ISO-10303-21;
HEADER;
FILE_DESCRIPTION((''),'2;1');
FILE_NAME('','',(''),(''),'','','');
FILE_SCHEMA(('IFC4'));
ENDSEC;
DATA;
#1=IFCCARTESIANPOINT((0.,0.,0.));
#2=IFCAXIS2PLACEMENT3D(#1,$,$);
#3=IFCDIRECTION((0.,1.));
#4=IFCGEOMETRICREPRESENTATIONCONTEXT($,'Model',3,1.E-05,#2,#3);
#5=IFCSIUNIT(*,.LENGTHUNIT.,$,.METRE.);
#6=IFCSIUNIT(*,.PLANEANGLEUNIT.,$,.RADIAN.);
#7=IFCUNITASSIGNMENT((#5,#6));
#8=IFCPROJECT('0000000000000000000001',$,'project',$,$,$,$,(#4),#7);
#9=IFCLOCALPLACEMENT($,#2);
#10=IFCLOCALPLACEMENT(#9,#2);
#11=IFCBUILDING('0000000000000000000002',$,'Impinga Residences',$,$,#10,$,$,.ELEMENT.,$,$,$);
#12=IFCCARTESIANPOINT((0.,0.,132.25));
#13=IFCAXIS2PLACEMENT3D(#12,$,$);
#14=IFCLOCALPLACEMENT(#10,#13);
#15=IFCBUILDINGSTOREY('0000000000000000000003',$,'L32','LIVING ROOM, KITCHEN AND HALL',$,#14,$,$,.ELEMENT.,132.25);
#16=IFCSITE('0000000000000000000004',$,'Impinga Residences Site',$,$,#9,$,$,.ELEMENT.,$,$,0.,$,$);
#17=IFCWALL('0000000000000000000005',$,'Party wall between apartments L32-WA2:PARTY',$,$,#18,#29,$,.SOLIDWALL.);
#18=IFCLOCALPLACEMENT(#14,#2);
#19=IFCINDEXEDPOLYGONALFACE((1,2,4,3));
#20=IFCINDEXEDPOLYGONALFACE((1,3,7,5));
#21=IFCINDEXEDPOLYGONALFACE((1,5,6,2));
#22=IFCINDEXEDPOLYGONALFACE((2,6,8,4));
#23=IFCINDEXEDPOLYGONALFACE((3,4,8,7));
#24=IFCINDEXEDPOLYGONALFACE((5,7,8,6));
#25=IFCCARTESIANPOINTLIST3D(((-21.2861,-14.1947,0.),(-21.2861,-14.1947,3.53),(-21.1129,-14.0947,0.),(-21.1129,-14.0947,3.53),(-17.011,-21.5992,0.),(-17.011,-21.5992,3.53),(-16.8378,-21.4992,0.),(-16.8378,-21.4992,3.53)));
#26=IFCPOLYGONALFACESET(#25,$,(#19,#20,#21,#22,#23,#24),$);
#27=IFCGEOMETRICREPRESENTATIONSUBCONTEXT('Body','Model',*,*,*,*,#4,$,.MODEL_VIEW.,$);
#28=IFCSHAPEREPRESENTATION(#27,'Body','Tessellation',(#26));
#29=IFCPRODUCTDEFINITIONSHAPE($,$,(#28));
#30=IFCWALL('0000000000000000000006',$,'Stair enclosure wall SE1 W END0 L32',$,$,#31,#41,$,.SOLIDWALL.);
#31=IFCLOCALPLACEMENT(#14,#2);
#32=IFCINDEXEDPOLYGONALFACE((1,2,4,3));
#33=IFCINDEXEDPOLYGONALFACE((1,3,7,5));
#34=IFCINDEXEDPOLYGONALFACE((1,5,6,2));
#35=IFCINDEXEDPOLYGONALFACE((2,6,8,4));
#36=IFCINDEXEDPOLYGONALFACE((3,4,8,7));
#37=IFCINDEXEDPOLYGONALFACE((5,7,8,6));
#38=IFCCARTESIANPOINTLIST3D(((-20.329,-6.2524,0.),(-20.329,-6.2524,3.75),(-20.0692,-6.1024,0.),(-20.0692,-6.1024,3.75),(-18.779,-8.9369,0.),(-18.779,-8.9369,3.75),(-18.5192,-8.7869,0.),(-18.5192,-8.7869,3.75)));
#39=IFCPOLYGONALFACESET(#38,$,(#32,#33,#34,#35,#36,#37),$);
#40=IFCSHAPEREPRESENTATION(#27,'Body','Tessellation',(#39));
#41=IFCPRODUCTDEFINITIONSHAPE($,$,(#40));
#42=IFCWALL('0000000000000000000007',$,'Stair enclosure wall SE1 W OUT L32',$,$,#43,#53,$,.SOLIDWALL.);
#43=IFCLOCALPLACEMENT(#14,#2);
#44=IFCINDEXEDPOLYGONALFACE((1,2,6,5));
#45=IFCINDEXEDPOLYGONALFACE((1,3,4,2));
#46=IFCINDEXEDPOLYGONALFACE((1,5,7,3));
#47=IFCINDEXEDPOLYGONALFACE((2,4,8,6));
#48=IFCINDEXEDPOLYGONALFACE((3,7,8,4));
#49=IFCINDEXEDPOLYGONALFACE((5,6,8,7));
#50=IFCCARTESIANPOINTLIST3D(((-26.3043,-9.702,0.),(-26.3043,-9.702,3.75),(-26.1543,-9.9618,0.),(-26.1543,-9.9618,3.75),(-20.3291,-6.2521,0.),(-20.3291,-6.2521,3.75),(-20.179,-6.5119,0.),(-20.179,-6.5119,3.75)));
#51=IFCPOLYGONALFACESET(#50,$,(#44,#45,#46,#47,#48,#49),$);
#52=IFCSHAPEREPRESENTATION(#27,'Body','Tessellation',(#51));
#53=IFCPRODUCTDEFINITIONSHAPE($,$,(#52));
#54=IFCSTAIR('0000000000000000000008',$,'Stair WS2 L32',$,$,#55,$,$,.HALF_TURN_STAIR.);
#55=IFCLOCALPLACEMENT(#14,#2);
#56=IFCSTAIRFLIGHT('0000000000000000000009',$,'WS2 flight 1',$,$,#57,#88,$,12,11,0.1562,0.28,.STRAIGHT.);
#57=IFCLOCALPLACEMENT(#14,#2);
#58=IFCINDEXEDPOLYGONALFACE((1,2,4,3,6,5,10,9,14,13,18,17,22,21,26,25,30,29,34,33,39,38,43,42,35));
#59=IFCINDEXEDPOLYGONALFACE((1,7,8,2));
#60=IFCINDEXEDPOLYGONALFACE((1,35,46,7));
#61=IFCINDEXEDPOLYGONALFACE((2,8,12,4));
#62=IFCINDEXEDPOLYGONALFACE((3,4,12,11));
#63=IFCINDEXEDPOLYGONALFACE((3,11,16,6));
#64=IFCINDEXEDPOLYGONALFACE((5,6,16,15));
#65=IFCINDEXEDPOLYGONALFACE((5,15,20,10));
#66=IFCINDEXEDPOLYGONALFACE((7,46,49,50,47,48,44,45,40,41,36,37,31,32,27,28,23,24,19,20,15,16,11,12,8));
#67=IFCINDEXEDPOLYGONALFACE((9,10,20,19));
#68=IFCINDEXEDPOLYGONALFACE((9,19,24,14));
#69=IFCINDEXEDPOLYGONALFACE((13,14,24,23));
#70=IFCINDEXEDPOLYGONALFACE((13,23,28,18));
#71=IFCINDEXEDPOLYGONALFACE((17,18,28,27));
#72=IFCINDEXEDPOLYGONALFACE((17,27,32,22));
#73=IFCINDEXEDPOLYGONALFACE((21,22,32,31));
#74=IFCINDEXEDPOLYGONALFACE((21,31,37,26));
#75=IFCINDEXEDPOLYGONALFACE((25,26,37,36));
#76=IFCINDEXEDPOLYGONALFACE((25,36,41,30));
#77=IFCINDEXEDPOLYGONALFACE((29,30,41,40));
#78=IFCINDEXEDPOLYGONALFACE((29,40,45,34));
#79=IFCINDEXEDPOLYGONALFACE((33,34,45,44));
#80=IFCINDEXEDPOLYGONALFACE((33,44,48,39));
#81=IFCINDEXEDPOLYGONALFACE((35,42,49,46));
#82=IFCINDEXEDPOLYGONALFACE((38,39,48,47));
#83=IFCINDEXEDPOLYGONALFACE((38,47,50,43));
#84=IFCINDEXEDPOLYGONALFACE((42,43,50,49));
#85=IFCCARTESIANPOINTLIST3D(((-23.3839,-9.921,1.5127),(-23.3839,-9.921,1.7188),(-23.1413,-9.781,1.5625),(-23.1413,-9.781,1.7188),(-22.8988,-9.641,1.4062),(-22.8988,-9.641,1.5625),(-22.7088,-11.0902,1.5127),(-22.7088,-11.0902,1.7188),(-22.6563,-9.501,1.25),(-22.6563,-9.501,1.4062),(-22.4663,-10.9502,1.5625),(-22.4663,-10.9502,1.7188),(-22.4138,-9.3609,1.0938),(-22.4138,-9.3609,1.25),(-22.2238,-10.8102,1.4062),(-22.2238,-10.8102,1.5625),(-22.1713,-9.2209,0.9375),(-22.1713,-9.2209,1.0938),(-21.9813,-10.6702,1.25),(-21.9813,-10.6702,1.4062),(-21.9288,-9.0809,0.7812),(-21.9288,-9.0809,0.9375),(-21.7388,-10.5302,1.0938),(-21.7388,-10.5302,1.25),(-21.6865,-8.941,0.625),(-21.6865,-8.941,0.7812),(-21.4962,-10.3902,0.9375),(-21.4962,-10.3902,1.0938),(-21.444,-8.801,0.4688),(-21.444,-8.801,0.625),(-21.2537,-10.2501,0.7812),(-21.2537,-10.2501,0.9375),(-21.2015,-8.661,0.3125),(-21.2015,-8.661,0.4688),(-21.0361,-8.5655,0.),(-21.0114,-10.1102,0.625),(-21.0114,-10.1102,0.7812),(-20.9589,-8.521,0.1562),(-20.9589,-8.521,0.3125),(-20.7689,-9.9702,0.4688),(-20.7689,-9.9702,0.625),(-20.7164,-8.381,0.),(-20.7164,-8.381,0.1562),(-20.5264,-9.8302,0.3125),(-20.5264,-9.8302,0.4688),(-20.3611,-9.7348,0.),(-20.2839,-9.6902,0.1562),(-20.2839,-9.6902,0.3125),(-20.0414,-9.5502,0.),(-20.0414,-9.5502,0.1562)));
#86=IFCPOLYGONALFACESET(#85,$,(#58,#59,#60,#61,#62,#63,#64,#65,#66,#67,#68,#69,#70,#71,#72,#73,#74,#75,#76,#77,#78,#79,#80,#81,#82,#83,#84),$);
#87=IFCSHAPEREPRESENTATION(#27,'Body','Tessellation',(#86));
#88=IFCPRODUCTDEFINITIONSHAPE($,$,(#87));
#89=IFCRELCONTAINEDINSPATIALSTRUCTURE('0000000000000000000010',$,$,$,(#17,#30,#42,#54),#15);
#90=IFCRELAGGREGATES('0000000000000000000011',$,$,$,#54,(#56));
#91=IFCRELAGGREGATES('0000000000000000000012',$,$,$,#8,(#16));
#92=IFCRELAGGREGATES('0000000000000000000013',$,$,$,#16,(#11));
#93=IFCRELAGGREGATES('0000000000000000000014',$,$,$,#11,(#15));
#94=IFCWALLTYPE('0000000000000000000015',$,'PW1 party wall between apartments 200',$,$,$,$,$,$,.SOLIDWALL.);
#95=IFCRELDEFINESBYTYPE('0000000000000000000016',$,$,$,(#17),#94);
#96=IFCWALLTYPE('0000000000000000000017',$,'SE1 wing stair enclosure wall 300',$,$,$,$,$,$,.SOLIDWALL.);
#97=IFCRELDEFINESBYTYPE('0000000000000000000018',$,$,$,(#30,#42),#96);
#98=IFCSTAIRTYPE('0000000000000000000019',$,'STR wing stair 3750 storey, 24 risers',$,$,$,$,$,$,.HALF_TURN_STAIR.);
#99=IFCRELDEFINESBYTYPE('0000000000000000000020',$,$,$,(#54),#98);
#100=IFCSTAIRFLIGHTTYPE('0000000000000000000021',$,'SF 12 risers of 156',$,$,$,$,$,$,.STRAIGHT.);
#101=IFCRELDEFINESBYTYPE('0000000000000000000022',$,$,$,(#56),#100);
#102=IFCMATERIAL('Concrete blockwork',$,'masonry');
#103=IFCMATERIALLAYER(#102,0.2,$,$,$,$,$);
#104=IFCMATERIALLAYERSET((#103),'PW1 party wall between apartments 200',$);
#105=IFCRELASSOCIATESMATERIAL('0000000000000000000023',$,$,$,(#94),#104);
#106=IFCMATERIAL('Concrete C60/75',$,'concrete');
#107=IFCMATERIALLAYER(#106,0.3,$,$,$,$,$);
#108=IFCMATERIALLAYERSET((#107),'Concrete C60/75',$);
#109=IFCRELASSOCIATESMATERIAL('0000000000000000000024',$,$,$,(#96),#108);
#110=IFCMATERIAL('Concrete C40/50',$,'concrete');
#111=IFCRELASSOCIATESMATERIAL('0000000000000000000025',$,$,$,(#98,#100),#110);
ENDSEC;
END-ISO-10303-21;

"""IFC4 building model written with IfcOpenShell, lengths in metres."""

from ifc_helpers import new_model, si_unit, direction, frame, frame_2d, origin, place, context, subcontext, project, spatial, polyline, rectangle, outline, extrude, material, layer, layer_set, type_object, element, aggregate, save


model = new_model("IFC4")

# Units and contexts
model_context = context("Model", 3, precision=1e-05, world=origin(), true_north=direction((0.0, 1.0)))
body_context = subcontext(model_context, "Body", "Model", "MODEL_VIEW")
ifc_project = project(units=[si_unit("LENGTHUNIT", "METRE"), si_unit("PLANEANGLEUNIT", "RADIAN")], contexts=[model_context])

# Site, building, storey
site_placement = place(None, origin())
site = spatial("IfcSite", under=ifc_project, at=site_placement, Name="Impinga Residences Site", CompositionType="ELEMENT", RefElevation=0.0)
building_placement = place(site_placement, origin())
building = spatial("IfcBuilding", under=site, at=building_placement, Name="Impinga Residences", CompositionType="ELEMENT")
storey_placement = place(building_placement, frame((0.0, 0.0, 132.25)))
storey = spatial("IfcBuildingStorey", under=building, at=storey_placement, Name="L32", Description="LIVING ROOM, KITCHEN AND HALL", CompositionType="ELEMENT", Elevation=132.25)

# Shared definitions
ifc_material_1 = material(Name="Concrete C60/75", Category="concrete")

# Shared definitions
ifc_material_2 = material(Name="Concrete blockwork", Category="masonry")

# Walls
ifc_layer_1 = layer(ifc_material_2, 0.2)
ifc_layer_set_1 = layer_set([ifc_layer_1], Name="PW1 party wall between apartments 200")
wall_type_1 = type_object("IfcWallType", Name="PW1 party wall between apartments 200", PredefinedType="SOLIDWALL", material=ifc_layer_set_1)
wall_1_placement = place(storey_placement, frame((-21.1995, -14.1448, 0.0), z_axis=(0.0, 0.0, 1.0), x_axis=(0.500012, -0.866019, 0.0)))
element("IfcWall", 1, at=wall_1_placement, inside=storey, type_object=wall_type_1, Name="Party wall between apartments L32-WA2:PARTY", PredefinedType="SOLIDWALL", context=body_context, shape_type="SweptSolid", body=[
    extrude(rectangle(XDim=8.55, YDim=0.2, at=frame_2d((4.2749, 0.0))), origin(), (0.0, 0.0, 1.0), 3.53),
])
ifc_layer_2 = layer(ifc_material_1, 0.3)
ifc_layer_set_2 = layer_set([ifc_layer_2], Name="Concrete C60/75")
wall_type_2 = type_object("IfcWallType", Name="SE1 wing stair enclosure wall 300", PredefinedType="SOLIDWALL", material=ifc_layer_set_2)
wall_2_placement = place(storey_placement, frame((-18.6492, -8.8618, 0.0), z_axis=(0.0, 0.0, 1.0), x_axis=(-0.500027, 0.86601, 0.0)))
element("IfcWall", 2, at=wall_2_placement, inside=storey, type_object=wall_type_2, Name="Stair enclosure wall SE1 W END0 L32", PredefinedType="SOLIDWALL", context=body_context, shape_type="SweptSolid", body=[
    extrude(rectangle(XDim=3.0999, YDim=0.3, at=frame_2d((1.5498, 0.0))), origin(), (0.0, 0.0, 1.0), 3.75),
])
wall_3_placement = place(storey_placement, frame((-20.2542, -6.3821, 0.0), z_axis=(0.0, 0.0, 1.0), x_axis=(-0.86602, -0.500009, 0.0)))
element("IfcWall", 3, at=wall_3_placement, inside=storey, type_object=wall_type_2, Name="Stair enclosure wall SE1 W OUT L32", PredefinedType="SOLIDWALL", context=body_context, shape_type="SweptSolid", body=[
    extrude(rectangle(XDim=6.8997, YDim=0.3, at=frame_2d((3.4497, 0.0))), origin(), (0.0, 0.0, 1.0), 3.75),
])

# Stair, stair flight
ifc_material_3 = material(Name="Concrete C40/50", Category="concrete")
stair_type = type_object("IfcStairType", Name="STR wing stair 3750 storey, 24 risers", PredefinedType="HALF_TURN_STAIR", material=ifc_material_3)
stair_placement = place(storey_placement, origin())
stair = element("IfcStair", 4, at=stair_placement, inside=storey, type_object=stair_type, Name="Stair WS2 L32", PredefinedType="HALF_TURN_STAIR")
stair_flight_type = type_object("IfcStairFlightType", Name="SF 12 risers of 156", PredefinedType="STRAIGHT", material=ifc_material_3)
stair_flight_placement = place(storey_placement, frame((-20.3789, -8.9656, 0.0), z_axis=(0.0, 0.0, 1.0), x_axis=(-0.866025, -0.5, 0.0)))
stair_flight = element("IfcStairFlight", 5, at=stair_flight_placement, type_object=stair_flight_type, Name="WS2 flight 1", NumberOfRisers=12, NumberOfTreads=11, PredefinedType="STRAIGHT", RiserHeight=0.1562, TreadLength=0.28, context=body_context, shape_type="SweptSolid", body=[
    extrude(outline(polyline([(0.0, 0.0), (0.0, 0.1562), (0.28, 0.1562), (0.28, 0.3125), (0.5601, 0.3125), (0.5601, 0.4688), (0.8401, 0.4688), (0.8401, 0.625), (1.1201, 0.625), (1.1201, 0.7812), (1.3999, 0.7812), (1.3999, 0.9375), (1.6799, 0.9375), (1.6799, 1.0938), (1.96, 1.0938), (1.96, 1.25), (2.24, 1.25), (2.24, 1.4062), (2.52, 1.4062), (2.52, 1.5625), (2.8, 1.5625), (2.8, 1.7188), (3.0801, 1.7188), (3.0801, 1.875), (3.0801, 1.5127), (0.3691, 0.0), (0.0, 0.0)])), frame((0.0, 0.675, 0.0), z_axis=(0.0, -1.0, 0.0), x_axis=(1.0, 0.0, 0.0)), (0.0, 0.0, 1.0), 1.3501),
])
aggregate(stair, [stair_flight])

save(model, "model.ifc")
